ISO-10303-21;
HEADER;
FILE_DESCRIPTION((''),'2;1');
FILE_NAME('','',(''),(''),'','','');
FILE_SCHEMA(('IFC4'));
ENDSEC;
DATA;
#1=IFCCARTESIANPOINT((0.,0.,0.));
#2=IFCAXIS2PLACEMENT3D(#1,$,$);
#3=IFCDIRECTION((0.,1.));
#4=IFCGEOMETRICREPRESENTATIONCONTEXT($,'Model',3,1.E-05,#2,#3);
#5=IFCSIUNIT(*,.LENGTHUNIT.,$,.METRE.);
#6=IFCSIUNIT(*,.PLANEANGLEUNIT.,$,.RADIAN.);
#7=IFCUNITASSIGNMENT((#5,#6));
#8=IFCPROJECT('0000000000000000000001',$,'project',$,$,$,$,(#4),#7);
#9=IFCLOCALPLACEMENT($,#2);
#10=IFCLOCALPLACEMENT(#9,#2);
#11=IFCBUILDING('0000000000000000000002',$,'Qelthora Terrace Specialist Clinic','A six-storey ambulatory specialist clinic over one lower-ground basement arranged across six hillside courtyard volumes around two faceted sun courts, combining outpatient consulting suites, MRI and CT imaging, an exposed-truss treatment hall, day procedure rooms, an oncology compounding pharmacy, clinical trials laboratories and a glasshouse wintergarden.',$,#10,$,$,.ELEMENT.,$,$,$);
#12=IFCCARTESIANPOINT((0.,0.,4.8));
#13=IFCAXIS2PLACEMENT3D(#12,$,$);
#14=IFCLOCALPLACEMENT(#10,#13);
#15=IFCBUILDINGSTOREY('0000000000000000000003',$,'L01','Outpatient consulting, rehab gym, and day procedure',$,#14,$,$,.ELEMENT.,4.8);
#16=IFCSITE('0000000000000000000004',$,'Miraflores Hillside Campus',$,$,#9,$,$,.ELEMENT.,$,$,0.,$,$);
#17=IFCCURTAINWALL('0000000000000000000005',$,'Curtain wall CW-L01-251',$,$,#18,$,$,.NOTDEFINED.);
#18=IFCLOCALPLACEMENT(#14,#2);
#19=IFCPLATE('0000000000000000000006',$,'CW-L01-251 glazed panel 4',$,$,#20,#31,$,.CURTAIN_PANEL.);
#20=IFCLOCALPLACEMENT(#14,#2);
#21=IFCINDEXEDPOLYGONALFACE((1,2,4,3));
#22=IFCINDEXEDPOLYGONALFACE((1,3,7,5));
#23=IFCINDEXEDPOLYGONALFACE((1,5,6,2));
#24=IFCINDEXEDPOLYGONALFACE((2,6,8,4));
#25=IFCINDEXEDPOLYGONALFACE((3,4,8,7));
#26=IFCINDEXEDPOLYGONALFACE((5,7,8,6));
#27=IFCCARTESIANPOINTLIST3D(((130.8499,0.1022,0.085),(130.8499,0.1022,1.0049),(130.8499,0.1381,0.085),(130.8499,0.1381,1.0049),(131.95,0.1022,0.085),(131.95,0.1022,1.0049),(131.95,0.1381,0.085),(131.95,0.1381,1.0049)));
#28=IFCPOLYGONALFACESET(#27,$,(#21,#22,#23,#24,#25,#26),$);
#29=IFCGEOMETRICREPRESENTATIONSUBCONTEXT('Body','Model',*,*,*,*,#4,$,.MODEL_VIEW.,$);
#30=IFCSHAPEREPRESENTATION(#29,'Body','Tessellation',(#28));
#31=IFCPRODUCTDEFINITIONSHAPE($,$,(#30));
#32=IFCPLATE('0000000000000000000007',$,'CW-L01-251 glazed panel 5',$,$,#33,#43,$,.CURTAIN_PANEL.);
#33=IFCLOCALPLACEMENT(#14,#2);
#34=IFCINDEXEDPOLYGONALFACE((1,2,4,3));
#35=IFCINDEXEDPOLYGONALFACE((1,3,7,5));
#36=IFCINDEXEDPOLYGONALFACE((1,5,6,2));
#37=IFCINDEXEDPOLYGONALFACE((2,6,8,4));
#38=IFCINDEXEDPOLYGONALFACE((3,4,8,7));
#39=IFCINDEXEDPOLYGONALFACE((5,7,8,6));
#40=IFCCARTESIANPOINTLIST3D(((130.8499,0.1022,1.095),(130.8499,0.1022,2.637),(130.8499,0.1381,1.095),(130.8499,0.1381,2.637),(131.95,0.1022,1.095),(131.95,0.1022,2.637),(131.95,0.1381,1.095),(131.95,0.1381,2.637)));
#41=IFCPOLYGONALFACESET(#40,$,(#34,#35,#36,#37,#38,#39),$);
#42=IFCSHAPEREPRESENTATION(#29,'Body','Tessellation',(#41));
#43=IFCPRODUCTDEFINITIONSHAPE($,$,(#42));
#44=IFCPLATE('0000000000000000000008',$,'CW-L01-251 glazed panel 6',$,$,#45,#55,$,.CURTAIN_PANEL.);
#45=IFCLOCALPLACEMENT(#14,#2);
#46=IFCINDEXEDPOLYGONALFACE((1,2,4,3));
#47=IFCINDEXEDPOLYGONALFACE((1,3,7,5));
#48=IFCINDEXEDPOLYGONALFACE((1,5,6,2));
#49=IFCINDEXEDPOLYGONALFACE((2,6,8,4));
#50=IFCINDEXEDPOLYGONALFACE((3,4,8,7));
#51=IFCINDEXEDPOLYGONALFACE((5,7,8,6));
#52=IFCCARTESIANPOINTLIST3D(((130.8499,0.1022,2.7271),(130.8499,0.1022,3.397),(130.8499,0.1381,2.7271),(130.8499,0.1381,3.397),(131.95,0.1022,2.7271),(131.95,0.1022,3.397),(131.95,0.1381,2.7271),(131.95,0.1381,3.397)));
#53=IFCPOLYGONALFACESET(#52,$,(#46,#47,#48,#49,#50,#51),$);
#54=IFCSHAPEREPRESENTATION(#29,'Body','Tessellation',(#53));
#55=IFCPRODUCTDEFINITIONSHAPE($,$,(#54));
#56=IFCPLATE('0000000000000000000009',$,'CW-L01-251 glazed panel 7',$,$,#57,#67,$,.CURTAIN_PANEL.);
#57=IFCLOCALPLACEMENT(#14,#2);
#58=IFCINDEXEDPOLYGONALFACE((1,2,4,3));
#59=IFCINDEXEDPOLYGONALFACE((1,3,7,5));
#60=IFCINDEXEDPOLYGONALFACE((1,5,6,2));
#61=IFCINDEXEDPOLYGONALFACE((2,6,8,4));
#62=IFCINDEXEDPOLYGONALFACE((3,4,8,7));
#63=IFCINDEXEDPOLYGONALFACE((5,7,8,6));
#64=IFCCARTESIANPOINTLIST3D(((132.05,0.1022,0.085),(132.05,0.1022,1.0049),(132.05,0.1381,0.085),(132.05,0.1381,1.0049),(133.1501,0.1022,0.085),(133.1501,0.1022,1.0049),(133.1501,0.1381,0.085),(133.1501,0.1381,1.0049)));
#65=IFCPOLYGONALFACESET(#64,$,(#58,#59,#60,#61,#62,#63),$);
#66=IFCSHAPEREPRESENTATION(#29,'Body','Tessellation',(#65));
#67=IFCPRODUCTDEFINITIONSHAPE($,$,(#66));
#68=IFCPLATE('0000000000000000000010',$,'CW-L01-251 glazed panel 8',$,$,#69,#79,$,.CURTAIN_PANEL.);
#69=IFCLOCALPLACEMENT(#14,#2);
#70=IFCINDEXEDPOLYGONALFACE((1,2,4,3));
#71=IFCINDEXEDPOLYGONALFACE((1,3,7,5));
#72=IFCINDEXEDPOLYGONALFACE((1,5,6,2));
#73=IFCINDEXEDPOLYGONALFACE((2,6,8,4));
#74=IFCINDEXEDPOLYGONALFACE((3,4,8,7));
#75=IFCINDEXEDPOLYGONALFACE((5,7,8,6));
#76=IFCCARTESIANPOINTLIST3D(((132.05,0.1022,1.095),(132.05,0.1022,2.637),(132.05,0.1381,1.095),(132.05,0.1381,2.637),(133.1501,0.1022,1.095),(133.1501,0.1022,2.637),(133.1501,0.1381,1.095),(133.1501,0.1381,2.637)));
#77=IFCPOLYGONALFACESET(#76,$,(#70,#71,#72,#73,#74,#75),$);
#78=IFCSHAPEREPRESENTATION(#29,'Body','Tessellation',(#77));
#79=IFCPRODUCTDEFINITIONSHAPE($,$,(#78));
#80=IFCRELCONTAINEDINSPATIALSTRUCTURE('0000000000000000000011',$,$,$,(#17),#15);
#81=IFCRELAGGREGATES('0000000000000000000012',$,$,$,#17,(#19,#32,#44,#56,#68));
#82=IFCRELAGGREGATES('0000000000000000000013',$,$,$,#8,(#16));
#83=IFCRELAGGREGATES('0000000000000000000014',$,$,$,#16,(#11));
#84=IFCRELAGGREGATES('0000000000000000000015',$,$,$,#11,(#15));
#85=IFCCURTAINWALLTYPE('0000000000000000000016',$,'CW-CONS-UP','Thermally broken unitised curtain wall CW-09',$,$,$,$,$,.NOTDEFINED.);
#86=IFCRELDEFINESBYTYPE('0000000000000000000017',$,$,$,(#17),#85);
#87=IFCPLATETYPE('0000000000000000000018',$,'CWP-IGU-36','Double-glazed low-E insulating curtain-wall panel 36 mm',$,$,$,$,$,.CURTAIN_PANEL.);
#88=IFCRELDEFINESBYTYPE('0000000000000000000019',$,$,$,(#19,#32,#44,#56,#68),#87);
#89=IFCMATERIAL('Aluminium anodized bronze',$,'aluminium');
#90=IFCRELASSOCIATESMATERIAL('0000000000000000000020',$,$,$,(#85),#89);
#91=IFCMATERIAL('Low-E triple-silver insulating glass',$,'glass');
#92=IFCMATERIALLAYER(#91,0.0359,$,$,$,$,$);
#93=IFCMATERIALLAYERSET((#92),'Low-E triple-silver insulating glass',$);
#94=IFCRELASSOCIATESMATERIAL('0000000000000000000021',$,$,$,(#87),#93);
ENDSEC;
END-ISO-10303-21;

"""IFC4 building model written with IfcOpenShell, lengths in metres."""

from ifc_helpers import new_model, si_unit, direction, frame, origin, origin_2d, place, context, subcontext, project, spatial, rectangle, extrude, material, layer, layer_set, type_object, element, aggregate, save


model = new_model("IFC4")

# Units and contexts
model_context = context("Model", 3, precision=1e-05, world=origin(), true_north=direction((0.0, 1.0)))
body_context = subcontext(model_context, "Body", "Model", "MODEL_VIEW")
ifc_project = project(units=[si_unit("LENGTHUNIT", "METRE"), si_unit("PLANEANGLEUNIT", "RADIAN")], contexts=[model_context])

# Site, building, storey
site_placement = place(None, origin())
site = spatial("IfcSite", under=ifc_project, at=site_placement, Name="Miraflores Hillside Campus", CompositionType="ELEMENT", RefElevation=0.0)
building_placement = place(site_placement, origin())
building = spatial("IfcBuilding", under=site, at=building_placement, Name="Qelthora Terrace Specialist Clinic", Description="A six-storey ambulatory specialist clinic over one lower-ground basement arranged across six hillside courtyard volumes around two faceted sun courts, combining outpatient consulting suites, MRI and CT imaging, an exposed-truss treatment hall, day procedure rooms, an oncology compounding pharmacy, clinical trials laboratories and a glasshouse wintergarden.", CompositionType="ELEMENT")
storey_placement = place(building_placement, frame((0.0, 0.0, 4.8)))
storey = spatial("IfcBuildingStorey", under=building, at=storey_placement, Name="L01", Description="Outpatient consulting, rehab gym, and day procedure", CompositionType="ELEMENT", Elevation=4.8)

# Curtain wall
ifc_material_1 = material(Name="Aluminium anodized bronze", Category="aluminium")
curtain_wall_type = type_object("IfcCurtainWallType", Name="CW-CONS-UP", Description="Thermally broken unitised curtain wall CW-09", PredefinedType="NOTDEFINED", material=ifc_material_1)
curtain_wall_1_placement = place(storey_placement, origin())
curtain_wall_1 = element("IfcCurtainWall", 1, at=curtain_wall_1_placement, inside=storey, type_object=curtain_wall_type, Name="Curtain wall CW-L01-251", PredefinedType="NOTDEFINED")

# Plates
ifc_material_2 = material(Name="Low-E triple-silver insulating glass", Category="glass")
ifc_layer = layer(ifc_material_2, 0.0359)
ifc_layer_set = layer_set([ifc_layer], Name="Low-E triple-silver insulating glass")
plate_type = type_object("IfcPlateType", Name="CWP-IGU-36", Description="Double-glazed low-E insulating curtain-wall panel 36 mm", PredefinedType="CURTAIN_PANEL", material=ifc_layer_set)
plate_1_placement = place(storey_placement, frame((131.3999, 0.1201, 0.085), z_axis=(0.0, 0.0, 1.0), x_axis=(1.0, 0.0, 0.0)))
plate_1 = element("IfcPlate", 2, at=plate_1_placement, type_object=plate_type, Name="CW-L01-251 glazed panel 4", PredefinedType="CURTAIN_PANEL", context=body_context, shape_type="SweptSolid", body=[
    extrude(rectangle(XDim=1.1001, YDim=0.0359, at=origin_2d()), origin(), (0.0, 0.0, 1.0), 0.9199),
])
plate_2_placement = place(storey_placement, frame((131.3999, 0.1201, 1.095), z_axis=(0.0, 0.0, 1.0), x_axis=(1.0, 0.0, 0.0)))
plate_2 = element("IfcPlate", 3, at=plate_2_placement, type_object=plate_type, Name="CW-L01-251 glazed panel 5", PredefinedType="CURTAIN_PANEL", context=body_context, shape_type="SweptSolid", body=[
    extrude(rectangle(XDim=1.1001, YDim=0.0359, at=origin_2d()), origin(), (0.0, 0.0, 1.0), 1.542),
])
plate_3_placement = place(storey_placement, frame((131.3999, 0.1201, 2.7271), z_axis=(0.0, 0.0, 1.0), x_axis=(1.0, 0.0, 0.0)))
plate_3 = element("IfcPlate", 4, at=plate_3_placement, type_object=plate_type, Name="CW-L01-251 glazed panel 6", PredefinedType="CURTAIN_PANEL", context=body_context, shape_type="SweptSolid", body=[
    extrude(rectangle(XDim=1.1001, YDim=0.0359, at=origin_2d()), origin(), (0.0, 0.0, 1.0), 0.6699),
])
plate_4_placement = place(storey_placement, frame((132.6001, 0.1201, 0.085), z_axis=(0.0, 0.0, 1.0), x_axis=(1.0, 0.0, 0.0)))
plate_4 = element("IfcPlate", 5, at=plate_4_placement, type_object=plate_type, Name="CW-L01-251 glazed panel 7", PredefinedType="CURTAIN_PANEL", context=body_context, shape_type="SweptSolid", body=[
    extrude(rectangle(XDim=1.1001, YDim=0.0359, at=origin_2d()), origin(), (0.0, 0.0, 1.0), 0.9199),
])
plate_5_placement = place(storey_placement, frame((132.6001, 0.1201, 1.095), z_axis=(0.0, 0.0, 1.0), x_axis=(1.0, 0.0, 0.0)))
plate_5 = element("IfcPlate", 6, at=plate_5_placement, type_object=plate_type, Name="CW-L01-251 glazed panel 8", PredefinedType="CURTAIN_PANEL", context=body_context, shape_type="SweptSolid", body=[
    extrude(rectangle(XDim=1.1001, YDim=0.0359, at=origin_2d()), origin(), (0.0, 0.0, 1.0), 1.542),
])
aggregate(curtain_wall_1, [plate_1, plate_2, plate_3, plate_4, plate_5])

save(model, "model.ifc")
